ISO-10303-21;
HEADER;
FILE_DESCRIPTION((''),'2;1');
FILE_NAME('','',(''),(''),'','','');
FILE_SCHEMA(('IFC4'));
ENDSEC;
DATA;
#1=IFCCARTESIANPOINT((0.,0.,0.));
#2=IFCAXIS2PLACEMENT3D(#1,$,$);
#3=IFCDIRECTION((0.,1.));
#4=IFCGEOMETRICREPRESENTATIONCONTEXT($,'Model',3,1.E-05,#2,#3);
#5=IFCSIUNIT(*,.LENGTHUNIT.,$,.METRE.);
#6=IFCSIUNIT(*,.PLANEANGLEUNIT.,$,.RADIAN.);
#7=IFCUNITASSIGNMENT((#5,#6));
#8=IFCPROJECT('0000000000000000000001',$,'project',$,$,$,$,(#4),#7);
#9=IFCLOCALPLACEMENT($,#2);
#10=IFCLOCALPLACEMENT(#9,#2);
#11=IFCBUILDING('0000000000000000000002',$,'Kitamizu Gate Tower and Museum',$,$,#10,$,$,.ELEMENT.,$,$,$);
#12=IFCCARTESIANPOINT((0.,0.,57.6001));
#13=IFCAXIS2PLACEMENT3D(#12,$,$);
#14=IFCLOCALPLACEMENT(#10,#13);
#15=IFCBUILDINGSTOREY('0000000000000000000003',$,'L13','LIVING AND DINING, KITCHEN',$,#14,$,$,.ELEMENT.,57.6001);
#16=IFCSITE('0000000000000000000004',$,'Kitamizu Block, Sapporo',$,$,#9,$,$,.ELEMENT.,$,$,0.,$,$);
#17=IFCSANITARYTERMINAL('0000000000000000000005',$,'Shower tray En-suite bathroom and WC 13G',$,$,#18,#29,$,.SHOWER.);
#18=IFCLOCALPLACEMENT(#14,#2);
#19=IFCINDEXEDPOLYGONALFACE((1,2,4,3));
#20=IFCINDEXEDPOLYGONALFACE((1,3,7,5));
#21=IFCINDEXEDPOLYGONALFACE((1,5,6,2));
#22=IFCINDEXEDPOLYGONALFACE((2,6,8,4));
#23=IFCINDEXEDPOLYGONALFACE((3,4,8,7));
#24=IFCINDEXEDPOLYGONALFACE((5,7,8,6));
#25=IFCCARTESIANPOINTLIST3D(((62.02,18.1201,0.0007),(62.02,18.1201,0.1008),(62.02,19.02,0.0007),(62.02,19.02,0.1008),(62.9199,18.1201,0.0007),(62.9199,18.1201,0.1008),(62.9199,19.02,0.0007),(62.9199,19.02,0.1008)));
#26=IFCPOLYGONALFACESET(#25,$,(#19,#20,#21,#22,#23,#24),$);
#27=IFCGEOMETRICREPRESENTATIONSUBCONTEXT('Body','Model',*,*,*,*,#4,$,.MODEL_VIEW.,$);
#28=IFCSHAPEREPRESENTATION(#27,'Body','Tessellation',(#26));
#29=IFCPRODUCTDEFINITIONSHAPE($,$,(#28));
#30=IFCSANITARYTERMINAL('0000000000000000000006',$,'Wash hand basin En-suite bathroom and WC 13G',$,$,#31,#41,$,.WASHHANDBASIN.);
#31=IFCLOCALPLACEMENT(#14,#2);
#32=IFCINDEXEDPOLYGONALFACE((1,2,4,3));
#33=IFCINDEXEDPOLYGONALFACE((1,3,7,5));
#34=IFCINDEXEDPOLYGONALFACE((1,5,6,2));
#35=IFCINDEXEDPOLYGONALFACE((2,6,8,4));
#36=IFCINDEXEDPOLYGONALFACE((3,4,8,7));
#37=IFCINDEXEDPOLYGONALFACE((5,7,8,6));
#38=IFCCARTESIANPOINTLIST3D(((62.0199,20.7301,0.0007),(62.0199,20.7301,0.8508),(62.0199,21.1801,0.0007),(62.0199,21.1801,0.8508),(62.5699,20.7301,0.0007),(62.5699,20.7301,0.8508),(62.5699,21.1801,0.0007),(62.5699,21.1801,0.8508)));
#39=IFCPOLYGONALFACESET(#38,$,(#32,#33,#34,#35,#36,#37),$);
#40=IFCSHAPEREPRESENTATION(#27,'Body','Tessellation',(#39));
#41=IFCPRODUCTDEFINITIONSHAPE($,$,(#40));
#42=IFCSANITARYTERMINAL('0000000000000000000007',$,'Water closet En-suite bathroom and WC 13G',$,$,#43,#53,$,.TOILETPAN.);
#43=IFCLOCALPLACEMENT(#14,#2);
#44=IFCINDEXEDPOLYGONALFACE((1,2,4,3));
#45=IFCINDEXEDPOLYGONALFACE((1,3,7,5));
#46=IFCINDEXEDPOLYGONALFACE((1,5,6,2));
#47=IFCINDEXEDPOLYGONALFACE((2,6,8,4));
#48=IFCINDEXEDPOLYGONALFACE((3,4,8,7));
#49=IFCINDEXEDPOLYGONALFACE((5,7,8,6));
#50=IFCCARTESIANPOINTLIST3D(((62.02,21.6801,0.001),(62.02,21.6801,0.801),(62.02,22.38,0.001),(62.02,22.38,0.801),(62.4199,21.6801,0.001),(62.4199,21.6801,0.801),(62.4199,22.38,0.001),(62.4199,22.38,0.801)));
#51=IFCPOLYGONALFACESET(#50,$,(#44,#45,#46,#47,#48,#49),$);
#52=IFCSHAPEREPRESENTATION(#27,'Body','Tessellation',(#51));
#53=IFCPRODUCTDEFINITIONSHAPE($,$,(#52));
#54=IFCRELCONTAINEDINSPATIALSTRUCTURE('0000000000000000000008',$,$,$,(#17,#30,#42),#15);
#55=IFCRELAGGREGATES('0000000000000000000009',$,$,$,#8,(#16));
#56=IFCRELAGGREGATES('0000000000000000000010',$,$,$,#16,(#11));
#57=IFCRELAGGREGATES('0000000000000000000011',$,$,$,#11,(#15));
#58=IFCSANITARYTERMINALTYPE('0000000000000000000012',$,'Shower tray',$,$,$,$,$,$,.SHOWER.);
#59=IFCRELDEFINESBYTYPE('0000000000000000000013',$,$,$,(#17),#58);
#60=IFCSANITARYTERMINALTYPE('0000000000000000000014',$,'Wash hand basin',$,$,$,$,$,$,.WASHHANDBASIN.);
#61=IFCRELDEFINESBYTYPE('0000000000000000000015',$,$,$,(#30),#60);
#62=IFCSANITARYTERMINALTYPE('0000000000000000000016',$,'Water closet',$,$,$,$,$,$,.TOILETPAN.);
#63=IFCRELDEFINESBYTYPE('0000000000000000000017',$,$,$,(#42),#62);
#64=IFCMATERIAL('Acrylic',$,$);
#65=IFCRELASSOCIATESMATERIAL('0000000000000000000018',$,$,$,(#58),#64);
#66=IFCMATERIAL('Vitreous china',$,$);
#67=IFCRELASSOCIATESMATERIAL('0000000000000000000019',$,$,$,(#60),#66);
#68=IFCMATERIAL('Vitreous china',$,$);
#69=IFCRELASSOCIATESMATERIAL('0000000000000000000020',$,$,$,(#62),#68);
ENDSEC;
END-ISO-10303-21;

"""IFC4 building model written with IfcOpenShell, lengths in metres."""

from ifc_helpers import new_model, si_unit, direction, frame, origin, origin_2d, place, context, subcontext, project, spatial, rectangle, extrude, material, type_object, element, save


model = new_model("IFC4")

# Units and contexts
model_context = context("Model", 3, precision=1e-05, world=origin(), true_north=direction((0.0, 1.0)))
body_context = subcontext(model_context, "Body", "Model", "MODEL_VIEW")
ifc_project = project(units=[si_unit("LENGTHUNIT", "METRE"), si_unit("PLANEANGLEUNIT", "RADIAN")], contexts=[model_context])

# Site, building, storey
site_placement = place(None, origin())
site = spatial("IfcSite", under=ifc_project, at=site_placement, Name="Kitamizu Block, Sapporo", CompositionType="ELEMENT", RefElevation=0.0)
building_placement = place(site_placement, origin())
building = spatial("IfcBuilding", under=site, at=building_placement, Name="Kitamizu Gate Tower and Museum", CompositionType="ELEMENT")
storey_placement = place(building_placement, frame((0.0, 0.0, 57.6001)))
storey = spatial("IfcBuildingStorey", under=building, at=storey_placement, Name="L13", Description="LIVING AND DINING, KITCHEN", CompositionType="ELEMENT", Elevation=57.6001)

# Sanitary terminals
ifc_material_1 = material(Name="Acrylic")
sanitary_terminal_type_1 = type_object("IfcSanitaryTerminalType", Name="Shower tray", PredefinedType="SHOWER", material=ifc_material_1)
sanitary_terminal_1_placement = place(storey_placement, frame((62.47, 18.5701, 0.0007), z_axis=(0.0, 0.0, 1.0), x_axis=(1.0, 0.0, 0.0)))
element("IfcSanitaryTerminal", 1, at=sanitary_terminal_1_placement, inside=storey, type_object=sanitary_terminal_type_1, Name="Shower tray En-suite bathroom and WC 13G", PredefinedType="SHOWER", context=body_context, shape_type="SweptSolid", body=[
    extrude(rectangle(XDim=0.8999, YDim=0.8999, at=origin_2d()), origin(), (0.0, 0.0, 1.0), 0.1001),
])
ifc_material_2 = material(Name="Vitreous china")
sanitary_terminal_type_2 = type_object("IfcSanitaryTerminalType", Name="Wash hand basin", PredefinedType="WASHHANDBASIN", material=ifc_material_2)
sanitary_terminal_2_placement = place(storey_placement, frame((62.2949, 20.9551, 0.0007), z_axis=(0.0, 0.0, 1.0), x_axis=(1.0, 0.0, 0.0)))
element("IfcSanitaryTerminal", 2, at=sanitary_terminal_2_placement, inside=storey, type_object=sanitary_terminal_type_2, Name="Wash hand basin En-suite bathroom and WC 13G", PredefinedType="WASHHANDBASIN", context=body_context, shape_type="SweptSolid", body=[
    extrude(rectangle(XDim=0.55, YDim=0.45, at=origin_2d()), origin(), (0.0, 0.0, 1.0), 0.8501),
])
ifc_material_3 = material(Name="Vitreous china")
sanitary_terminal_type_3 = type_object("IfcSanitaryTerminalType", Name="Water closet", PredefinedType="TOILETPAN", material=ifc_material_3)
sanitary_terminal_3_placement = place(storey_placement, frame((62.22, 22.03, 0.001), z_axis=(0.0, 0.0, 1.0), x_axis=(1.0, 0.0, 0.0)))
element("IfcSanitaryTerminal", 3, at=sanitary_terminal_3_placement, inside=storey, type_object=sanitary_terminal_type_3, Name="Water closet En-suite bathroom and WC 13G", PredefinedType="TOILETPAN", context=body_context, shape_type="SweptSolid", body=[
    extrude(rectangle(XDim=0.3999, YDim=0.7, at=origin_2d()), origin(), (0.0, 0.0, 1.0), 0.8),
])

save(model, "model.ifc")
